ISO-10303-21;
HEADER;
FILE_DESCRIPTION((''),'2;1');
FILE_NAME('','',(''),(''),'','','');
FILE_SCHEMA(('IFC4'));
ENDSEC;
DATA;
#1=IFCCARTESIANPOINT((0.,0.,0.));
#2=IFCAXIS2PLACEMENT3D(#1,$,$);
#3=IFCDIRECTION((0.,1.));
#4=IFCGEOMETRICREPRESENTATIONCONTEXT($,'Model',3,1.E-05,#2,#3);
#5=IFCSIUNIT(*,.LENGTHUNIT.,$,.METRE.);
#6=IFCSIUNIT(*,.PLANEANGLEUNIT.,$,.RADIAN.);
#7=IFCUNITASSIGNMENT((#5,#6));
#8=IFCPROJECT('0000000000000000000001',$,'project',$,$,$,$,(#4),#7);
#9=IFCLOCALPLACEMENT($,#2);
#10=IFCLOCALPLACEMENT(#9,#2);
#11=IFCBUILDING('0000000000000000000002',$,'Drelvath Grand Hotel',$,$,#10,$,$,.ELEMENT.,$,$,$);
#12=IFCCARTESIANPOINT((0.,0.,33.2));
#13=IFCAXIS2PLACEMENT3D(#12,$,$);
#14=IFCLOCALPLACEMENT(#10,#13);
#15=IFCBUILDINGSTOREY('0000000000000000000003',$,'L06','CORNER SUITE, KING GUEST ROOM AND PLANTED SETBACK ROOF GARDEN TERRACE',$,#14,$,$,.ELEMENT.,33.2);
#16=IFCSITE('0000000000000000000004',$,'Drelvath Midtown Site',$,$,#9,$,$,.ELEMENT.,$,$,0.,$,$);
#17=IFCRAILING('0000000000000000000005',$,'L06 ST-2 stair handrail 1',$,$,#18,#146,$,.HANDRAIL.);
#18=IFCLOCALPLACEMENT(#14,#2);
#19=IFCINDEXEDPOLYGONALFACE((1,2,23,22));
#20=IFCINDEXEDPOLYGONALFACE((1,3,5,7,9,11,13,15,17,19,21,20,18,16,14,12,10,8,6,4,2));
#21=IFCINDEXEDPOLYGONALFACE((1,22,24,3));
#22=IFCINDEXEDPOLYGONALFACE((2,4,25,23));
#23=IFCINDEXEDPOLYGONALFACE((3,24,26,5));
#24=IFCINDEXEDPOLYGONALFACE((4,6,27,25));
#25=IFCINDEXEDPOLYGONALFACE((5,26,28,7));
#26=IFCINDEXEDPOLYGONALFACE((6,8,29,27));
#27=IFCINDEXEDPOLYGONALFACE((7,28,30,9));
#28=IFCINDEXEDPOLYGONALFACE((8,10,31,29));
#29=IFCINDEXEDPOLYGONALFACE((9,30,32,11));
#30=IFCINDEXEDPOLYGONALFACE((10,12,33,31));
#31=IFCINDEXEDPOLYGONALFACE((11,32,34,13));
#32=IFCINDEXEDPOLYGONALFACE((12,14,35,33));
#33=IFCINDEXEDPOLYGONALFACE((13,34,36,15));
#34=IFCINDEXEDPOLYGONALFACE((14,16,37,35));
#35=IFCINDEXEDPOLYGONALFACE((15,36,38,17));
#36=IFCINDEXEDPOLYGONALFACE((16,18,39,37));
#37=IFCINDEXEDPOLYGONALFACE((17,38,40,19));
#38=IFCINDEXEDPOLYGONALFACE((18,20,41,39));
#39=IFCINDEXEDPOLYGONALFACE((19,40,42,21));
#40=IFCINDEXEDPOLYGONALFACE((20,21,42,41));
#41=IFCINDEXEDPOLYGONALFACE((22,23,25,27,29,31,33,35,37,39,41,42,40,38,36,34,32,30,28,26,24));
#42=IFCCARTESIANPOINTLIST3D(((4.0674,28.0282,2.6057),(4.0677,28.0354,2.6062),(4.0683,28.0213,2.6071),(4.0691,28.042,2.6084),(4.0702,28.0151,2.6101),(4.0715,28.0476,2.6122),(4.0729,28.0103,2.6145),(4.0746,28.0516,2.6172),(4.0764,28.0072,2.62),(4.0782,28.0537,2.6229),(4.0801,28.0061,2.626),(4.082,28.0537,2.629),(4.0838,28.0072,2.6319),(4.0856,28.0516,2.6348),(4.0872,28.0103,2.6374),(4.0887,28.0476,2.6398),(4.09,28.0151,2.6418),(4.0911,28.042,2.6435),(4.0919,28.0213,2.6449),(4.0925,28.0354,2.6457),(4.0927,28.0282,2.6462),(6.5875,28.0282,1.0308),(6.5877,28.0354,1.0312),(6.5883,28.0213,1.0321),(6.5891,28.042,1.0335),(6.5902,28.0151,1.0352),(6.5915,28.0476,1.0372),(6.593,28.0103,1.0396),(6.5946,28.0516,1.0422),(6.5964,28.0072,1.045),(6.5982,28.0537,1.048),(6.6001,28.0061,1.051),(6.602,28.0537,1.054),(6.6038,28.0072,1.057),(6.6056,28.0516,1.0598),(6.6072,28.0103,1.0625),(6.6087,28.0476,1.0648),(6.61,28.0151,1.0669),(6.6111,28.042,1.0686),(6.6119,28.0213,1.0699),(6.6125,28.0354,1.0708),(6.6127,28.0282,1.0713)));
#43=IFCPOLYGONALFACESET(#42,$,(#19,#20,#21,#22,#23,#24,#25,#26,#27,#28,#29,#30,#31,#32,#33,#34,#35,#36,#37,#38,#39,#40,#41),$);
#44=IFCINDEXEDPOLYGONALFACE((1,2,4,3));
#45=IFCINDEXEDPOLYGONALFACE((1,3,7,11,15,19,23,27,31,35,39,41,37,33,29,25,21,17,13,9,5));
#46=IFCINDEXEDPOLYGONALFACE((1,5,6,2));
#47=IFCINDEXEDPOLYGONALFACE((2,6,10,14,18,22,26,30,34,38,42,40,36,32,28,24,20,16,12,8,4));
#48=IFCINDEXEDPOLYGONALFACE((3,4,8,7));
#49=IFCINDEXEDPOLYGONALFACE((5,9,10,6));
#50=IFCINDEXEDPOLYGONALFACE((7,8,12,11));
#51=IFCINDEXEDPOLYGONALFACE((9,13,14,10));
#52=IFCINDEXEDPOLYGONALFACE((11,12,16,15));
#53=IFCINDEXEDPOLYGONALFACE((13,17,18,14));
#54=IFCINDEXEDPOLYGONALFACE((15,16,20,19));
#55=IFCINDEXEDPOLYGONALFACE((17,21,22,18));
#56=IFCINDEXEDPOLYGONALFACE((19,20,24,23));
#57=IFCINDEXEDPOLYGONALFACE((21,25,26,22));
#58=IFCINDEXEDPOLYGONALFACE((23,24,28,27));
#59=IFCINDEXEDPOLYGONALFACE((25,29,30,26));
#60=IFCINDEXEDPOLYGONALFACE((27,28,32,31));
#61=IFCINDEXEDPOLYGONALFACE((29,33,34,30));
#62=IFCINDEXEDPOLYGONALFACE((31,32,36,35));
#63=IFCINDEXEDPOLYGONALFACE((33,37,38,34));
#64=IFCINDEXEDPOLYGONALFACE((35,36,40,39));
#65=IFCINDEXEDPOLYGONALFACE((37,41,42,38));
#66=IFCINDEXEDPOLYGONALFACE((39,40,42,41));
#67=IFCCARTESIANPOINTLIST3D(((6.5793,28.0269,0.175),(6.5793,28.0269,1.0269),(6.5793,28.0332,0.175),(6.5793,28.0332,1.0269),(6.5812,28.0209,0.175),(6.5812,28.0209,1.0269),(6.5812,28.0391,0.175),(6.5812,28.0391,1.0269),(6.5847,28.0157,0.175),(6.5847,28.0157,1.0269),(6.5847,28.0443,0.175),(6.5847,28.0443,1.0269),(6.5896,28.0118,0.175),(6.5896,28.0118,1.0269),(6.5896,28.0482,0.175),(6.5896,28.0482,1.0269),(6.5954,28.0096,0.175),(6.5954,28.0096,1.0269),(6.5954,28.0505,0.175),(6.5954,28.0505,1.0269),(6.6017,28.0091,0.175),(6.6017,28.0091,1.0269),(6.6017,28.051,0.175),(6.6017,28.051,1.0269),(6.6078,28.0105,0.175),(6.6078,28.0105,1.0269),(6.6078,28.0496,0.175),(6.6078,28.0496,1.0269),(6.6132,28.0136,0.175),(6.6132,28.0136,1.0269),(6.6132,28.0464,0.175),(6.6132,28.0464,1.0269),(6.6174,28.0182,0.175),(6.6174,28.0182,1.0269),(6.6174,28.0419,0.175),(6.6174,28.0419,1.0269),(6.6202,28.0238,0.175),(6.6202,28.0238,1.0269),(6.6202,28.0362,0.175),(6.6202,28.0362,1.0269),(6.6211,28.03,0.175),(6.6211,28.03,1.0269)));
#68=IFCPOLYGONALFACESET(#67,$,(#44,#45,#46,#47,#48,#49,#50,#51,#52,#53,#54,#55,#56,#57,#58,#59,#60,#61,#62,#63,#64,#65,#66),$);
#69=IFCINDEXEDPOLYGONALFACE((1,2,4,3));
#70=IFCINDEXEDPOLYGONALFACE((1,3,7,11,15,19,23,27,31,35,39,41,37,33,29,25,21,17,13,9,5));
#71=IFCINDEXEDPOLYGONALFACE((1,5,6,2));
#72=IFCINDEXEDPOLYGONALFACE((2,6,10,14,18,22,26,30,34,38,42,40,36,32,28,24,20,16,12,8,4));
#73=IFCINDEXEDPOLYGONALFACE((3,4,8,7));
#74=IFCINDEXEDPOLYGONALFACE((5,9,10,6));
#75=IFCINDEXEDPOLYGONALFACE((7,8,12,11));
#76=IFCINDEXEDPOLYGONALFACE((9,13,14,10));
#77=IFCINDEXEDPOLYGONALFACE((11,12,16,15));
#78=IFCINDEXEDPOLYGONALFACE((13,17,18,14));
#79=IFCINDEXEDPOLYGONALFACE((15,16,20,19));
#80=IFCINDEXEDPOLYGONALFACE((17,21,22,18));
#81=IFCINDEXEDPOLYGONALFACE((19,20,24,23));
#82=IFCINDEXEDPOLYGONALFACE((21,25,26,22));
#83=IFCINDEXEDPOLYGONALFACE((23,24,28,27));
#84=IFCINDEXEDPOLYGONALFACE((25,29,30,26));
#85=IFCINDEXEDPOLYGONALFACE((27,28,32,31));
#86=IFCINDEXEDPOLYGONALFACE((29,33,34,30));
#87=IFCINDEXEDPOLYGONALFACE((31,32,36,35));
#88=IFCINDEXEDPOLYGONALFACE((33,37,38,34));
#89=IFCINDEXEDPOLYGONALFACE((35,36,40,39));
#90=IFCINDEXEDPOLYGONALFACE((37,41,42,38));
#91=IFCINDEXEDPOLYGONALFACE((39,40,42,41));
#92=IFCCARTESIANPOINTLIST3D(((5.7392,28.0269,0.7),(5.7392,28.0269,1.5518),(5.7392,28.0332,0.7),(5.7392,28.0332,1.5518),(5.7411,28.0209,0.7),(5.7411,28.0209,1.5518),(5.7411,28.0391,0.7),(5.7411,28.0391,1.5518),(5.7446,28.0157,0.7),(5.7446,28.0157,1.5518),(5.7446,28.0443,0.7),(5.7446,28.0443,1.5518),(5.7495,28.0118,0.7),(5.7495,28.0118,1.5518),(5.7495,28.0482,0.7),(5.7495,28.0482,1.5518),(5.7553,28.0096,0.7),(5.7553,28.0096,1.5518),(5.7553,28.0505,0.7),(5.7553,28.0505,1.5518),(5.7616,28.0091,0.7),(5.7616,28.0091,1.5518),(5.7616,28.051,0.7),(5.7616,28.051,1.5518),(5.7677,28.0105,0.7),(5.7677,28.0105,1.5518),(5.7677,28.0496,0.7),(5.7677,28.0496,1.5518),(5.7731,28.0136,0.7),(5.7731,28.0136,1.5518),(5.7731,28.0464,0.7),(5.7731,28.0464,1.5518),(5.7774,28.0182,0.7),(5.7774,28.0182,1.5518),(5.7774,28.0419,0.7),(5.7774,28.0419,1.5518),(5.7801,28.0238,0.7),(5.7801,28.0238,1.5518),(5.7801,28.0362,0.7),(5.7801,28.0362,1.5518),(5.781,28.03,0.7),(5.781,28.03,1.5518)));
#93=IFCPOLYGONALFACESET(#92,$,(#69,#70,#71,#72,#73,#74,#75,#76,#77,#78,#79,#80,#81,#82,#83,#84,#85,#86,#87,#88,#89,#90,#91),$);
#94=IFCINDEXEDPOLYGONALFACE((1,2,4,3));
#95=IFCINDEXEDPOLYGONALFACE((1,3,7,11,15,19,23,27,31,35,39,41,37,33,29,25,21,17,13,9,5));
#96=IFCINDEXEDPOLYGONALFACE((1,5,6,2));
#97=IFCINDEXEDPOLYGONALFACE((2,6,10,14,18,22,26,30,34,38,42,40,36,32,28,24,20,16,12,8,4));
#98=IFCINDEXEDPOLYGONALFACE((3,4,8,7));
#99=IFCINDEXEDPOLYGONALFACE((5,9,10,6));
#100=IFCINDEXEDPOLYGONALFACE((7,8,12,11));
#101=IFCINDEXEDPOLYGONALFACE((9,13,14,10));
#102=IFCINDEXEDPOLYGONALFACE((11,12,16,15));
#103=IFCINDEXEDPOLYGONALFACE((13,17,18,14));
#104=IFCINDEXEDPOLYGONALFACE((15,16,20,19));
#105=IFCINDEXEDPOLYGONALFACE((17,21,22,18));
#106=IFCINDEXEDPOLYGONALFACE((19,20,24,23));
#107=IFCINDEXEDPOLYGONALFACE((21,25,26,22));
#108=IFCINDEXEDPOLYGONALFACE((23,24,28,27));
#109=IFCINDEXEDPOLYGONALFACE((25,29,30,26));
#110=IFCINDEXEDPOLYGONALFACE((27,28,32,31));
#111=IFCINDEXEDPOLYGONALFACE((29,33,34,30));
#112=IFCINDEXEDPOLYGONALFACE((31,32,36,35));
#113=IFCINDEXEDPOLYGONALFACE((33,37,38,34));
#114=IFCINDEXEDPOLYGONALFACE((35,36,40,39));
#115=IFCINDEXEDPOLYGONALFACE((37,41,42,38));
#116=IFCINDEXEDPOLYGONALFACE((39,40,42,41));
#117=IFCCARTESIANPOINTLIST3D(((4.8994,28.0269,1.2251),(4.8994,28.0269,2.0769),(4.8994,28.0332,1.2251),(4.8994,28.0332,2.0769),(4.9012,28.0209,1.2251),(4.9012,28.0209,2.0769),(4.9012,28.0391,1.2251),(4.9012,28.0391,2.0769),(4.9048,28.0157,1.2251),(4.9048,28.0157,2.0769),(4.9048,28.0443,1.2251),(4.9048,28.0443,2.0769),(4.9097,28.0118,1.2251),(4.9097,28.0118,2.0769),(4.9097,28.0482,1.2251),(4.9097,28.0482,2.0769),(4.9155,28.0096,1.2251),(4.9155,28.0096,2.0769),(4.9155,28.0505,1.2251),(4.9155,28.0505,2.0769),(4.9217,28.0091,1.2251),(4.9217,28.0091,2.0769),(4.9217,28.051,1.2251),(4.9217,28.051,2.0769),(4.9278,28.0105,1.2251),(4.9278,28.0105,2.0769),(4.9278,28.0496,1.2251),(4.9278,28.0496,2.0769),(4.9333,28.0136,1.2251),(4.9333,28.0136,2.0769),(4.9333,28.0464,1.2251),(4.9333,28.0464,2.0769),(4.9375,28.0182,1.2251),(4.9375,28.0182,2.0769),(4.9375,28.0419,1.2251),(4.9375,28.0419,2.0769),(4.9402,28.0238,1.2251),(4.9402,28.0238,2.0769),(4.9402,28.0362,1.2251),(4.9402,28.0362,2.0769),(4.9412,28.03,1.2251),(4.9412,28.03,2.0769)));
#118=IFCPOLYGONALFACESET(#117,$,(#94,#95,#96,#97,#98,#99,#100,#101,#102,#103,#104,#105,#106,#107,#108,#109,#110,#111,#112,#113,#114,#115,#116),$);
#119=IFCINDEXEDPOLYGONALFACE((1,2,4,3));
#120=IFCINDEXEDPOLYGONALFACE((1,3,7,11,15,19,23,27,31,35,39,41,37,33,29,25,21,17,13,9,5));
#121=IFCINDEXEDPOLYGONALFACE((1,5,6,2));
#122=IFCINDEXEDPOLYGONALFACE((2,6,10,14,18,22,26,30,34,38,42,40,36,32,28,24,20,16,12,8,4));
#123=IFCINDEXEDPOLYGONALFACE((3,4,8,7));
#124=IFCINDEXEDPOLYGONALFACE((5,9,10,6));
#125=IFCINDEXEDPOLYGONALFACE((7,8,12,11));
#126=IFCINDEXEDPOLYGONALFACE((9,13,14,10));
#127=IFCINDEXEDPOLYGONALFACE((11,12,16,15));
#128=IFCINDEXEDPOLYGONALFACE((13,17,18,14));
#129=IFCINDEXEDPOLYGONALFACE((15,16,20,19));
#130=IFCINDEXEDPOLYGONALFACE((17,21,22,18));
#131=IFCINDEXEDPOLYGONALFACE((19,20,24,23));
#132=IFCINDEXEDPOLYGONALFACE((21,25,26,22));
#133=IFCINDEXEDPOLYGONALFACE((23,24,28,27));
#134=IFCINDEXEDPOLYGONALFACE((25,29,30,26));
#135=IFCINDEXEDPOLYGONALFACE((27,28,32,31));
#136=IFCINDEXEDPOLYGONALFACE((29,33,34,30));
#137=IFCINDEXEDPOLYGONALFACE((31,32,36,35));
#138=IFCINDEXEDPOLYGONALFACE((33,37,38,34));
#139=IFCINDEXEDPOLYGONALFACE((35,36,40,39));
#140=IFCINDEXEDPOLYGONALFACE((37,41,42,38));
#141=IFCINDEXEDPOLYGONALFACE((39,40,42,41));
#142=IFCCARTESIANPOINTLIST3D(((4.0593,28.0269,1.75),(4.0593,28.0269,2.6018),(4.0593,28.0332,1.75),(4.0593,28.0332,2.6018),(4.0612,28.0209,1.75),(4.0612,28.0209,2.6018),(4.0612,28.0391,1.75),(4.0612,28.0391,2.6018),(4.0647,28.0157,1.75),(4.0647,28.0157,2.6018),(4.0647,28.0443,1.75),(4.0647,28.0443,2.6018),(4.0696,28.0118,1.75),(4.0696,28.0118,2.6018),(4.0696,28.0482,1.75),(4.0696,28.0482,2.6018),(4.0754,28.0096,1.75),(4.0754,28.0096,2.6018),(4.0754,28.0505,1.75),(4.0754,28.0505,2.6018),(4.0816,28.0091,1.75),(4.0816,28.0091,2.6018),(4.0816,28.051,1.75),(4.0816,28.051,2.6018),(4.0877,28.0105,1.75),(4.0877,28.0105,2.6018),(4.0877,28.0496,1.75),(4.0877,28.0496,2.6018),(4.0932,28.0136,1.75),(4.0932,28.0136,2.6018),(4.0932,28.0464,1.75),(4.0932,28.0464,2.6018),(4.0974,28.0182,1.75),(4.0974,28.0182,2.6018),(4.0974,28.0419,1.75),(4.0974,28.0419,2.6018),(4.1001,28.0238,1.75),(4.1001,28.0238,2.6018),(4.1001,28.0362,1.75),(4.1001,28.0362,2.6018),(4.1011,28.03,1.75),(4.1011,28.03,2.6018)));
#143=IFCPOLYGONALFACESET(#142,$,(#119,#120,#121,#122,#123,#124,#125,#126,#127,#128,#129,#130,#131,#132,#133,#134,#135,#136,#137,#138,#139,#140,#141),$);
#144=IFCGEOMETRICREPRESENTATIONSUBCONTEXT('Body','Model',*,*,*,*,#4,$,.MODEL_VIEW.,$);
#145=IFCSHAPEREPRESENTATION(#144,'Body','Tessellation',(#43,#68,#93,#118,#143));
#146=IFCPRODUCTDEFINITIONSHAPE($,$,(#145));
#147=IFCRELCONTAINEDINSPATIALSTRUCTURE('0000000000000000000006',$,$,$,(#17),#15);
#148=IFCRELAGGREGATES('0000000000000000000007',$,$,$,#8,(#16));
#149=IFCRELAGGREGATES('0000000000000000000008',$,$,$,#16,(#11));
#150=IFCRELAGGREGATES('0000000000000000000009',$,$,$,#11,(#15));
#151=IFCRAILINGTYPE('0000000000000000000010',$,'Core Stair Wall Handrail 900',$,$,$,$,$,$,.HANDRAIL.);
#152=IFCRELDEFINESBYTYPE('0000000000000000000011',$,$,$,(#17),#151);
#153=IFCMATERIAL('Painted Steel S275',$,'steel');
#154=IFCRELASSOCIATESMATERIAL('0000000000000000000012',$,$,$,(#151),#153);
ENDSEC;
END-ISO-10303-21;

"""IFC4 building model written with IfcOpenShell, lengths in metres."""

from ifc_helpers import new_model, si_unit, direction, frame, origin, origin_2d, place, context, subcontext, project, spatial, circle, extrude, material, type_object, element, save


model = new_model("IFC4")

# Units and contexts
model_context = context("Model", 3, precision=1e-05, world=origin(), true_north=direction((0.0, 1.0)))
body_context = subcontext(model_context, "Body", "Model", "MODEL_VIEW")
ifc_project = project(units=[si_unit("LENGTHUNIT", "METRE"), si_unit("PLANEANGLEUNIT", "RADIAN")], contexts=[model_context])

# Site, building, storey
site_placement = place(None, origin())
site = spatial("IfcSite", under=ifc_project, at=site_placement, Name="Drelvath Midtown Site", CompositionType="ELEMENT", RefElevation=0.0)
building_placement = place(site_placement, origin())
building = spatial("IfcBuilding", under=site, at=building_placement, Name="Drelvath Grand Hotel", CompositionType="ELEMENT")
storey_placement = place(building_placement, frame((0.0, 0.0, 33.2)))
storey = spatial("IfcBuildingStorey", under=building, at=storey_placement, Name="L06", Description="CORNER SUITE, KING GUEST ROOM AND PLANTED SETBACK ROOF GARDEN TERRACE", CompositionType="ELEMENT", Elevation=33.2)

# Shared definitions
ifc_material_1 = material(Name="Painted Steel S275", Category="steel")

# Railing
railing_type_1 = type_object("IfcRailingType", Name="Core Stair Wall Handrail 900", PredefinedType="HANDRAIL", material=ifc_material_1)
railing_1_placement = place(storey_placement, frame((6.6001, 28.03, 0.175)))
element("IfcRailing", 1, at=railing_1_placement, inside=storey, type_object=railing_type_1, Name="L06 ST-2 stair handrail 1", PredefinedType="HANDRAIL", context=body_context, shape_type="SweptSolid", body=[
    extrude(circle(Radius=0.0239, at=origin_2d()), frame((0.0, 0.0, 0.876), z_axis=(-0.848008, 0.0, 0.529984), x_axis=(0.0, -1.0, 0.0)), (0.0, 0.0, 1.0), 2.9717),
    extrude(circle(Radius=0.021, at=origin_2d()), origin(), (0.0, 0.0, 1.0), 0.8518),
    extrude(circle(Radius=0.021, at=origin_2d()), frame((-0.8401, 0.0, 0.5249)), (0.0, 0.0, 1.0), 0.8518),
    extrude(circle(Radius=0.021, at=origin_2d()), frame((-1.6799, 0.0, 1.05)), (0.0, 0.0, 1.0), 0.8518),
    extrude(circle(Radius=0.021, at=origin_2d()), frame((-2.52, 0.0, 1.575)), (0.0, 0.0, 1.0), 0.8518),
])

save(model, "model.ifc")
